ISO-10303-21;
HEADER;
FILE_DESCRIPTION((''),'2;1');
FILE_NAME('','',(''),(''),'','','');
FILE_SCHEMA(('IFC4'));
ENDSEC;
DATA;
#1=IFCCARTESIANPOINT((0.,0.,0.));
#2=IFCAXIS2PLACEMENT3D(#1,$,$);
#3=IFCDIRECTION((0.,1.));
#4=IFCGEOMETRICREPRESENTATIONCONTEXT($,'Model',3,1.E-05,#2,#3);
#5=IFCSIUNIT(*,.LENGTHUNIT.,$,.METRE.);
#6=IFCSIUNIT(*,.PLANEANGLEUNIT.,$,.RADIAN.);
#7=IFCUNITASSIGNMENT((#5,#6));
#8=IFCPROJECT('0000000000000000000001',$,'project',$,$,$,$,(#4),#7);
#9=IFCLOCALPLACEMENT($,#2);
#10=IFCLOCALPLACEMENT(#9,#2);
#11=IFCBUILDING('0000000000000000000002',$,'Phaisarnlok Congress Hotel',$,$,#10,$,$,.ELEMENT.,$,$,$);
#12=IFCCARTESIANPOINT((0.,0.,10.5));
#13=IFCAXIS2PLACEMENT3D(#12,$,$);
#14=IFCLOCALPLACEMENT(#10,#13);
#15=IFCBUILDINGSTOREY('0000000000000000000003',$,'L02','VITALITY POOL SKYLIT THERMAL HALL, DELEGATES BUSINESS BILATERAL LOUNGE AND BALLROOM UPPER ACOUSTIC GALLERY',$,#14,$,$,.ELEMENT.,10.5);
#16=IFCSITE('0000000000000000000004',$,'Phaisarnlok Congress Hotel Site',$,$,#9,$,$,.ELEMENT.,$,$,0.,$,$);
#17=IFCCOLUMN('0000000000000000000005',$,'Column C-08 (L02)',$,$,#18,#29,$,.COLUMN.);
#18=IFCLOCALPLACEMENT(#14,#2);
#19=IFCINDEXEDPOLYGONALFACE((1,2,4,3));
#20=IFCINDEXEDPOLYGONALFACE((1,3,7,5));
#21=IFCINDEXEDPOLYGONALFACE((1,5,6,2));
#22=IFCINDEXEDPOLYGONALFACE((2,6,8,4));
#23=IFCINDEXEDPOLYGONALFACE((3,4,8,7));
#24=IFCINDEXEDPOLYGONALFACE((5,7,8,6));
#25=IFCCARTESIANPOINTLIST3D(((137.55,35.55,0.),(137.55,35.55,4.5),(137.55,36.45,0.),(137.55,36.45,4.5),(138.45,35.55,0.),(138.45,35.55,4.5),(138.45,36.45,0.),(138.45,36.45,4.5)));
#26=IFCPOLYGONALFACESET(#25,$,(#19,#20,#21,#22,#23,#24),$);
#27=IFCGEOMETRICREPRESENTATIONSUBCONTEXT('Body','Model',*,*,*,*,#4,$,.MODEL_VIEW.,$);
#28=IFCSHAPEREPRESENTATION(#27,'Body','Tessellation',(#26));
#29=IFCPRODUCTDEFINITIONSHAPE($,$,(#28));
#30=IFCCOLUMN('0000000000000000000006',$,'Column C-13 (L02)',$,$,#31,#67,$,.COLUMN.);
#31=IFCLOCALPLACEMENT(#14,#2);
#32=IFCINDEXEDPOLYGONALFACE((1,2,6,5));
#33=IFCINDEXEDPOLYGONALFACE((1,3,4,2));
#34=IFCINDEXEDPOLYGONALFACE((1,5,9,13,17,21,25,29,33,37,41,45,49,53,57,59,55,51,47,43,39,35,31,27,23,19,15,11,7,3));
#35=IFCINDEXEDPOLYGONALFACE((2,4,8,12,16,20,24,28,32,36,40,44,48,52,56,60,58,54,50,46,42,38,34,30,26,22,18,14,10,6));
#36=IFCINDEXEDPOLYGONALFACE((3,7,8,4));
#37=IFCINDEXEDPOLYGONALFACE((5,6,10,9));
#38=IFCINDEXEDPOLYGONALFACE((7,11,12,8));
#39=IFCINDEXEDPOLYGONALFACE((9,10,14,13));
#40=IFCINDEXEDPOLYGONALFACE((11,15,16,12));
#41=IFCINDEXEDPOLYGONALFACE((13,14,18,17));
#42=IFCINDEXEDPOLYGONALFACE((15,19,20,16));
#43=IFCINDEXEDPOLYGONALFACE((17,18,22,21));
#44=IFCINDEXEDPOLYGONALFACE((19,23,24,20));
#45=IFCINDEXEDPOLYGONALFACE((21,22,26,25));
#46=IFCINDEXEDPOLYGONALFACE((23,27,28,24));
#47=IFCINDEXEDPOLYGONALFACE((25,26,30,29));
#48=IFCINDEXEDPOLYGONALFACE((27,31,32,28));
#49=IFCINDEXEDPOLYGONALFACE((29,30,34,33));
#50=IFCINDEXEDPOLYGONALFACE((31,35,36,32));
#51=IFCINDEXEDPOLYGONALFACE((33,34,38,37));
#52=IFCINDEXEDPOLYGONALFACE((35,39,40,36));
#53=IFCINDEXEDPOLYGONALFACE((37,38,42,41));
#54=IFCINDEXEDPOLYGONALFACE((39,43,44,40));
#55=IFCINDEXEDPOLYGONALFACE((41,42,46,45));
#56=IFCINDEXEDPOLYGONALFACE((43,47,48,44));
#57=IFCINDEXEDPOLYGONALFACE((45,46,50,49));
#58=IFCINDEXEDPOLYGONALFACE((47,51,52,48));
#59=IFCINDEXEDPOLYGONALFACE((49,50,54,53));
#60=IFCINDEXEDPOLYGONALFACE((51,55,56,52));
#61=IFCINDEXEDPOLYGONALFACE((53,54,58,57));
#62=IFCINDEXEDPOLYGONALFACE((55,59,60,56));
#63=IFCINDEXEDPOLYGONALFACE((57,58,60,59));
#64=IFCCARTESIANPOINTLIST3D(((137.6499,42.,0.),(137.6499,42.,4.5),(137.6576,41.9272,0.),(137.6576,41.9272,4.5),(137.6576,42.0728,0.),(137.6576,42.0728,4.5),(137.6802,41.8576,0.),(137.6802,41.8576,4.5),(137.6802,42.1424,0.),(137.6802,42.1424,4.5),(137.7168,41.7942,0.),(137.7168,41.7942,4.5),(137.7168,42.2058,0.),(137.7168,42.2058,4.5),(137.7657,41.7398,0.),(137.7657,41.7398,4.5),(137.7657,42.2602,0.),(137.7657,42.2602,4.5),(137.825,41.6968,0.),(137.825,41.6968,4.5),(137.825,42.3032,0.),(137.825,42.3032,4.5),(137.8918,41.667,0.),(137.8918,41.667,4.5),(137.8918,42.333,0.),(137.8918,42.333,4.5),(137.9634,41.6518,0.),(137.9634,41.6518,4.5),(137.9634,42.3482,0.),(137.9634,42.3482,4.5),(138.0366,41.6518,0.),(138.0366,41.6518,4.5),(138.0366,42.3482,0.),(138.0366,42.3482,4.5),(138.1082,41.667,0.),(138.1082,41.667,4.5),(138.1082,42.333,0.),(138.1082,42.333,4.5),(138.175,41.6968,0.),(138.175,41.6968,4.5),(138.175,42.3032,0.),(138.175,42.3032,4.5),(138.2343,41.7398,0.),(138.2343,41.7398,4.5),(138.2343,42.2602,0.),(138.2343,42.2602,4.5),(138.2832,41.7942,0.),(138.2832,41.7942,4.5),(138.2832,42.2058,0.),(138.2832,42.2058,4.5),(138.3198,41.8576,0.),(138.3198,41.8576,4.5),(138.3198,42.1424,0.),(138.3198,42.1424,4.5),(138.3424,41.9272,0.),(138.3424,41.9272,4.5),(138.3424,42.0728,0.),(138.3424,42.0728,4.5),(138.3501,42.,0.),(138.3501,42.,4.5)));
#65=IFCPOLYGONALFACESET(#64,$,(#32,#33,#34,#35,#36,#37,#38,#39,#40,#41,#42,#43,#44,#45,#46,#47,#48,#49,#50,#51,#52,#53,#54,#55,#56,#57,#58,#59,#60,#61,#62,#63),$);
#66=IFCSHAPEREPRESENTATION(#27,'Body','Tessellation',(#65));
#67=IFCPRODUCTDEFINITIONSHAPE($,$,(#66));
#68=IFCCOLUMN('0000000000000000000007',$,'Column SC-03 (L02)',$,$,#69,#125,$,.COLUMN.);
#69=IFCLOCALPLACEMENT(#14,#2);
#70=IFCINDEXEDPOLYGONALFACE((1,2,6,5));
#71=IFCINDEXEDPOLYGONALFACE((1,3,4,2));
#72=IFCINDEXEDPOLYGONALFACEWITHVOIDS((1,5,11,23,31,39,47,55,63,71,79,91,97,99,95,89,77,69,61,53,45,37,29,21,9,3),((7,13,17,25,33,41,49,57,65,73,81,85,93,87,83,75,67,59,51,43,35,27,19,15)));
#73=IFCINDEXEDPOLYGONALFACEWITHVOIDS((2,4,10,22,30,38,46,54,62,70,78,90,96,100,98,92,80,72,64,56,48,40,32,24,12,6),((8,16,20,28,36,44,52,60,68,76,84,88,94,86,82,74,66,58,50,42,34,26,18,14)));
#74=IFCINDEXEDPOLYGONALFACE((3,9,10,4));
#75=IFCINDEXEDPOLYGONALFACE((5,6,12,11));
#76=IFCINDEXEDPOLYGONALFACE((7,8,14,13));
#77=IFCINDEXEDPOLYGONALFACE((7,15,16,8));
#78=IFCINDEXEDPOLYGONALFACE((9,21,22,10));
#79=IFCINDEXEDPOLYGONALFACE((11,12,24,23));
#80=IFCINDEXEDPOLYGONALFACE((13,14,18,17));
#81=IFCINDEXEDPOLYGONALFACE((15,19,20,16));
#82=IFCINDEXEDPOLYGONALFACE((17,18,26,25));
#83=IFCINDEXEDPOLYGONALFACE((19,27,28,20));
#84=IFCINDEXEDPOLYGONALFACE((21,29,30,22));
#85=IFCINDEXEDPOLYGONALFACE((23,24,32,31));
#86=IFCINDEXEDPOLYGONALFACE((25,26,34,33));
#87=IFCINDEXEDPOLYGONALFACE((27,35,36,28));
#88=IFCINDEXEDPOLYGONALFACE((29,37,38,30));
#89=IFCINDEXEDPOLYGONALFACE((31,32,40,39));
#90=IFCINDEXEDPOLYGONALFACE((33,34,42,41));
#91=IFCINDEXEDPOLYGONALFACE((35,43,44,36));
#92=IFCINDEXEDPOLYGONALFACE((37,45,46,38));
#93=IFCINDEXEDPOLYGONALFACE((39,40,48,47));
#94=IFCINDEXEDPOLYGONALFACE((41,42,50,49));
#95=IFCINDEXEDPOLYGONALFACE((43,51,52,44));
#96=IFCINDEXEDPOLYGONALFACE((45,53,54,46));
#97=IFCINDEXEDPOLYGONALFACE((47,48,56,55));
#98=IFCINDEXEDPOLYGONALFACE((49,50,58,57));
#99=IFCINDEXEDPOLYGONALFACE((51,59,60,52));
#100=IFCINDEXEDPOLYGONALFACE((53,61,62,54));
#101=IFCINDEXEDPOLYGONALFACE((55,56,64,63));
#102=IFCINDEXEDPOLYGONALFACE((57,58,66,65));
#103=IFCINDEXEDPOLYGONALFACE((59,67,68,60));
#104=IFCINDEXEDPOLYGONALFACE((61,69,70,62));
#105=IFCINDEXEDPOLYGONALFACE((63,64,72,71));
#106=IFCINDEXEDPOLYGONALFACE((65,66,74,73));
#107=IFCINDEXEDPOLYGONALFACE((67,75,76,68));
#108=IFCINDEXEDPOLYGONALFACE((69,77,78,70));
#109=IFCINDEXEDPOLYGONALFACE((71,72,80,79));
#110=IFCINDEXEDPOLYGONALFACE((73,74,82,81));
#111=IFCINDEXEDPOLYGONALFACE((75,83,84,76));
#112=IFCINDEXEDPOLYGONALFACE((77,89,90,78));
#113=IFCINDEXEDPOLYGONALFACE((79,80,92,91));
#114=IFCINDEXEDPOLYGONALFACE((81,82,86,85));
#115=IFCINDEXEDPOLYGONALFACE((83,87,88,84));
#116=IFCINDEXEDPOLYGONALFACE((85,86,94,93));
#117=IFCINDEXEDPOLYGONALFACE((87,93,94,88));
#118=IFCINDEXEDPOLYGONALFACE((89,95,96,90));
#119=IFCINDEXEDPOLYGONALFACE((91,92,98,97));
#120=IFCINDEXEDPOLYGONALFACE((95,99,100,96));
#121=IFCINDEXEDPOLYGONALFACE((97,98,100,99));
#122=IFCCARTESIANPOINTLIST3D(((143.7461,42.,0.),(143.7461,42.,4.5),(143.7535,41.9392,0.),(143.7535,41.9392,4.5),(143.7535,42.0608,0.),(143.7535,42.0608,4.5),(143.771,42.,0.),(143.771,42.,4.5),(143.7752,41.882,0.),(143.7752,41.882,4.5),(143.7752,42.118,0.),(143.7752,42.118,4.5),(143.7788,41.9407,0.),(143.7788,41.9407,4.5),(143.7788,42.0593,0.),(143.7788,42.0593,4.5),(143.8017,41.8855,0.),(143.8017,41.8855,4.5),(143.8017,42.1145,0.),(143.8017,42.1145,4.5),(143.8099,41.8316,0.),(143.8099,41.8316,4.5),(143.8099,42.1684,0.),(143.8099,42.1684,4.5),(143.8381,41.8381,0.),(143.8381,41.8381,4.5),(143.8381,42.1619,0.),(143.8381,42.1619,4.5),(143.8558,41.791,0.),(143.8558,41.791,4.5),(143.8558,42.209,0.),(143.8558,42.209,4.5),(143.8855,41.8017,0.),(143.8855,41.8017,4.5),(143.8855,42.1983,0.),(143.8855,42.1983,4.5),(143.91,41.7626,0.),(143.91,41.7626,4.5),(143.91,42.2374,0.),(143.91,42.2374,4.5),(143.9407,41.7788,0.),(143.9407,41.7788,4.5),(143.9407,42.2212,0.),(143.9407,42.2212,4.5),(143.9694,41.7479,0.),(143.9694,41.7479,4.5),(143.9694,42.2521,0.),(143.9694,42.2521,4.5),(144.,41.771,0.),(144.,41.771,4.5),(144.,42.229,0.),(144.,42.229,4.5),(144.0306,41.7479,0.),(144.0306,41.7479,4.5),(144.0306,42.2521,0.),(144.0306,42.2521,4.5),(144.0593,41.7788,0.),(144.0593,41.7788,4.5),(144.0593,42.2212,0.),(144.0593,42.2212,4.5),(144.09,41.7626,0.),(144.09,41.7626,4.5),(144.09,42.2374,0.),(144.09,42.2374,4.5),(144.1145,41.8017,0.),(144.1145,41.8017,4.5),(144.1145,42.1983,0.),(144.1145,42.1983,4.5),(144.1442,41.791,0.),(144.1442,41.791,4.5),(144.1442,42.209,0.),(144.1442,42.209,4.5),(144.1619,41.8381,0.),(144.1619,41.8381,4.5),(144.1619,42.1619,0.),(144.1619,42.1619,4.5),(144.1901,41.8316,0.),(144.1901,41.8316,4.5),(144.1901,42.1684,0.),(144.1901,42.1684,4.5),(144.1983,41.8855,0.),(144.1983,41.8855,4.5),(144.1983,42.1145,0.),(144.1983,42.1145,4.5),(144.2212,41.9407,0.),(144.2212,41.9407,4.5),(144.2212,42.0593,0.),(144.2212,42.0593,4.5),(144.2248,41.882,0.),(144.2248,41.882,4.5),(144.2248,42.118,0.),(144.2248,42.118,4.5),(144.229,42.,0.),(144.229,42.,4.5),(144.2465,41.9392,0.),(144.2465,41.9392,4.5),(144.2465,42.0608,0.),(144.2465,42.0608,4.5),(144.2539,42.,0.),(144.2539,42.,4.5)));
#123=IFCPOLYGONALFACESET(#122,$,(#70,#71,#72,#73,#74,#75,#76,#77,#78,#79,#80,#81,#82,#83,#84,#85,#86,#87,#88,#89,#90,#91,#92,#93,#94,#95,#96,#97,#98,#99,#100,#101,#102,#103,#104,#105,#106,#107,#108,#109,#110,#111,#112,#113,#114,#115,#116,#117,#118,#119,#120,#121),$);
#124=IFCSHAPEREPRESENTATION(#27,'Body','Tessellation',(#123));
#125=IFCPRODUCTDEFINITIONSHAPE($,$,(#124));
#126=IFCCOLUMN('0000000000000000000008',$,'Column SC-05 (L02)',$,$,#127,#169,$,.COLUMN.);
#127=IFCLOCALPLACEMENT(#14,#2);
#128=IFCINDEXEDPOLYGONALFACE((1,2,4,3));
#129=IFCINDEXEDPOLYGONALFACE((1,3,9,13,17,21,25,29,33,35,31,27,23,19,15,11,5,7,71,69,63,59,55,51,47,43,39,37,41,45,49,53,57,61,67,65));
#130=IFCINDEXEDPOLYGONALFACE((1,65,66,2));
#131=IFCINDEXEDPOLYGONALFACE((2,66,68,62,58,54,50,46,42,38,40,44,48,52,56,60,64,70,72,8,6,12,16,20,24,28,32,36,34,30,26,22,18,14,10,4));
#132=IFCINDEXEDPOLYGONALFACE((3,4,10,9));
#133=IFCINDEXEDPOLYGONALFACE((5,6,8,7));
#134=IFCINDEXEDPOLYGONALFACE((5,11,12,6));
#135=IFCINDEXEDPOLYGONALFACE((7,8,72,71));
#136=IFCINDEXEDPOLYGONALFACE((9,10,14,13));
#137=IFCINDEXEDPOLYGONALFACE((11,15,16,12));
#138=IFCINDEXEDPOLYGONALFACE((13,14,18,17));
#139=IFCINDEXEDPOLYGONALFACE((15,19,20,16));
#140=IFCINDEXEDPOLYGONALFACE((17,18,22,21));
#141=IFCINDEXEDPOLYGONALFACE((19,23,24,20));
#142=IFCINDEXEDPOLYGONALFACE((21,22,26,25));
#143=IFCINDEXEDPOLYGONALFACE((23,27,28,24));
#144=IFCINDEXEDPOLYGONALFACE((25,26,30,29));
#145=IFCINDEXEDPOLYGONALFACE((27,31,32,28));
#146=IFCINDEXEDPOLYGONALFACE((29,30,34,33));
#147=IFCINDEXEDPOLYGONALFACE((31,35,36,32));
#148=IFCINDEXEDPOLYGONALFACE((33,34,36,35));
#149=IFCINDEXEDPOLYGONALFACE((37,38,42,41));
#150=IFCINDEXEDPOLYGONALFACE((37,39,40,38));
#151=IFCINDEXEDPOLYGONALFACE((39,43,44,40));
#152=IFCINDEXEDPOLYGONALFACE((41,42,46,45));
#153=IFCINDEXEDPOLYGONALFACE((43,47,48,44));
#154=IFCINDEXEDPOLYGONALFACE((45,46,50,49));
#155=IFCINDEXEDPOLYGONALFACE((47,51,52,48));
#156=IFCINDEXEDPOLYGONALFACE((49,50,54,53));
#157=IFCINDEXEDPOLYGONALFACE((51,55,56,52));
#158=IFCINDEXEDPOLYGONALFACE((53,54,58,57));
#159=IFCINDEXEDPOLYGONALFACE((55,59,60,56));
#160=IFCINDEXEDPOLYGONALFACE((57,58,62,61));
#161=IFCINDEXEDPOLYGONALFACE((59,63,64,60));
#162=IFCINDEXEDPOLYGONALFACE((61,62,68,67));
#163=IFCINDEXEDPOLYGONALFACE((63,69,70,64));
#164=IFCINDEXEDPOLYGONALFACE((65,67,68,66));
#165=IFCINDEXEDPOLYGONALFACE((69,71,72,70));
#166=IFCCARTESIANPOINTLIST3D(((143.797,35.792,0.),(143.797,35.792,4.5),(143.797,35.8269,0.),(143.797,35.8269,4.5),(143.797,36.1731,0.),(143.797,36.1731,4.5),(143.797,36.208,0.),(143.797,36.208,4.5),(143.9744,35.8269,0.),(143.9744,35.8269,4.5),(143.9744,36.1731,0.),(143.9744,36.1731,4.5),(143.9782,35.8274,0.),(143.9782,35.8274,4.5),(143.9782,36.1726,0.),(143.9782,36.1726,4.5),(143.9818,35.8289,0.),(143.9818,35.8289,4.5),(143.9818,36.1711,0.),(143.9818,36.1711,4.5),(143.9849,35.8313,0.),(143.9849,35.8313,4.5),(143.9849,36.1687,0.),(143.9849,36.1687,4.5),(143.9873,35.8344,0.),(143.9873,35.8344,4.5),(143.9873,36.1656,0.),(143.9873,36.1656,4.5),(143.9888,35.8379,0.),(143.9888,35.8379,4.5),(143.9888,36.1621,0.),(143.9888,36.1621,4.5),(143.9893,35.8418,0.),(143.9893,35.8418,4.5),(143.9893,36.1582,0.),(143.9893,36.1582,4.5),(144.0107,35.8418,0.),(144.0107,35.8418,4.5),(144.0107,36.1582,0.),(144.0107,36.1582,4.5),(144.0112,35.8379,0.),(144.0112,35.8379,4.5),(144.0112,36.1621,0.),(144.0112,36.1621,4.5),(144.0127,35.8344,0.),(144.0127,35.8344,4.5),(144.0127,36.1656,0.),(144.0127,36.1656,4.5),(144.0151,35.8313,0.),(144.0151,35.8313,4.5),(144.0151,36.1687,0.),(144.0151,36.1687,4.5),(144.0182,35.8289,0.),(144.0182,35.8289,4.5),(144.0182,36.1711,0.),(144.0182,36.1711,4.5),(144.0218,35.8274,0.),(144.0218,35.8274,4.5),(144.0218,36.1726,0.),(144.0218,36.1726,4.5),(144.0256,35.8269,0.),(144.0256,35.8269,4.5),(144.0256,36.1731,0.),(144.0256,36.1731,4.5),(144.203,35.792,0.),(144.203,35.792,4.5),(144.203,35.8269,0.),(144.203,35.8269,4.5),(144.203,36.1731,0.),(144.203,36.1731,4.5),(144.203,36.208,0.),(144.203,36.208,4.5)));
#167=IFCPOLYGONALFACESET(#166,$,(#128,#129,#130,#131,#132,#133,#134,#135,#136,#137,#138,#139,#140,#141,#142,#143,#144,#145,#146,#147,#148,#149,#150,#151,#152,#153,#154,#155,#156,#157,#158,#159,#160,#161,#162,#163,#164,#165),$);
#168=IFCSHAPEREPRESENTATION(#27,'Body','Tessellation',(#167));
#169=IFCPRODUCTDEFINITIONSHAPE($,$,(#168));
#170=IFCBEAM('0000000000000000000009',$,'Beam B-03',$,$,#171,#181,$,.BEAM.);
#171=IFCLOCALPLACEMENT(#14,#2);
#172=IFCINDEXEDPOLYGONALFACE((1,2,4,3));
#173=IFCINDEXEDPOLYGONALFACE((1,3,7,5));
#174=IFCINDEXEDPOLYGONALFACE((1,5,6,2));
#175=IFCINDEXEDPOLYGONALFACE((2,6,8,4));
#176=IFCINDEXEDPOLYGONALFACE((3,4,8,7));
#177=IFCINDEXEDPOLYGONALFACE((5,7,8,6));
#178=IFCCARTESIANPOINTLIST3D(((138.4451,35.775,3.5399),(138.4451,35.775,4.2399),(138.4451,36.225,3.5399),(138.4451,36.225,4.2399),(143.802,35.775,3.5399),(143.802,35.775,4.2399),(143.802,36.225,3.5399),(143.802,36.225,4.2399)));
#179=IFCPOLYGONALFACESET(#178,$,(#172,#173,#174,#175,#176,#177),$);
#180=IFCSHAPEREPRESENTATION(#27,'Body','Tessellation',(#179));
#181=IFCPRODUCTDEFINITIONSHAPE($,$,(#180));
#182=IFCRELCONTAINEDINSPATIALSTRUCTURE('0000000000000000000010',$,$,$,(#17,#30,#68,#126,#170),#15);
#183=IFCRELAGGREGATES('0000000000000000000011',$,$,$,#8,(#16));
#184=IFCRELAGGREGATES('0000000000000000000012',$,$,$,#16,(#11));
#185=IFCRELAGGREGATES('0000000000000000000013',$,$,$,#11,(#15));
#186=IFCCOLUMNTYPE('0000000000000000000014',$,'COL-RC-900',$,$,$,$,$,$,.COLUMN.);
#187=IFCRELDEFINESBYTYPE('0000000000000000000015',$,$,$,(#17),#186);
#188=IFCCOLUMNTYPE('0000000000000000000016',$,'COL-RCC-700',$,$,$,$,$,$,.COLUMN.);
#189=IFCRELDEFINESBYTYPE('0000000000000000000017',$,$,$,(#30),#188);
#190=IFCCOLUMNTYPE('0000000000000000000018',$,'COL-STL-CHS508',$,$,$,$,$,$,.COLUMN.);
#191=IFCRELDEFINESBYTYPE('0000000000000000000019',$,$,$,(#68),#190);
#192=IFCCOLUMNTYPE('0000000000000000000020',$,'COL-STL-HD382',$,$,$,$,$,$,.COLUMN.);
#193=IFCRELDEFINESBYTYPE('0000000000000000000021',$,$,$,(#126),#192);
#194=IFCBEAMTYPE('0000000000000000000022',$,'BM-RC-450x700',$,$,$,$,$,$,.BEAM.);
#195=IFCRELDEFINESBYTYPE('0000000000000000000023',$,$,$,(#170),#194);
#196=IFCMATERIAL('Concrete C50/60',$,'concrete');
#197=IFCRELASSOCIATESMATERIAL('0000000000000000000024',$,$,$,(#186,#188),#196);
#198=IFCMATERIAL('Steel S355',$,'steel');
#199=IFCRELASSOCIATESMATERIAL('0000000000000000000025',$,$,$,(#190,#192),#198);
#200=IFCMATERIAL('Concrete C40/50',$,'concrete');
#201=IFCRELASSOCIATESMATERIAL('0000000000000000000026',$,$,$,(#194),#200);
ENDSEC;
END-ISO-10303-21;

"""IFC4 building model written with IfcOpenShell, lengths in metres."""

from ifc_helpers import new_model, si_unit, direction, frame, origin, origin_2d, place, context, subcontext, project, spatial, rectangle, circle, hollow_circle, i_section, extrude, material, material_profile, profile_set, type_object, element, save


model = new_model("IFC4")

# Units and contexts
model_context = context("Model", 3, precision=1e-05, world=origin(), true_north=direction((0.0, 1.0)))
body_context = subcontext(model_context, "Body", "Model", "MODEL_VIEW")
ifc_project = project(units=[si_unit("LENGTHUNIT", "METRE"), si_unit("PLANEANGLEUNIT", "RADIAN")], contexts=[model_context])

# Site, building, storey
site_placement = place(None, origin())
site = spatial("IfcSite", under=ifc_project, at=site_placement, Name="Phaisarnlok Congress Hotel Site", CompositionType="ELEMENT", RefElevation=0.0)
building_placement = place(site_placement, origin())
building = spatial("IfcBuilding", under=site, at=building_placement, Name="Phaisarnlok Congress Hotel", CompositionType="ELEMENT")
storey_placement = place(building_placement, frame((0.0, 0.0, 10.5)))
storey = spatial("IfcBuildingStorey", under=building, at=storey_placement, Name="L02", Description="VITALITY POOL SKYLIT THERMAL HALL, DELEGATES BUSINESS BILATERAL LOUNGE AND BALLROOM UPPER ACOUSTIC GALLERY", CompositionType="ELEMENT", Elevation=10.5)

# Columns
ifc_material_1 = material(Name="Concrete C50/60", Category="concrete")
ifc_material_profile_1 = material_profile(ifc_material_1, rectangle(XDim=0.8999, YDim=0.8999, at=origin_2d()), Name="RC 900x900")
ifc_profile_set_1 = profile_set([ifc_material_profile_1], Name="Concrete C50/60")
column_type_1 = type_object("IfcColumnType", Name="COL-RC-900", PredefinedType="COLUMN", material=ifc_profile_set_1)
column_1_placement = place(storey_placement, frame((138.0, 36.0, 0.0), z_axis=(0.0, 0.0, 1.0), x_axis=(1.0, 0.0, 0.0)))
element("IfcColumn", 1, at=column_1_placement, inside=storey, type_object=column_type_1, Name="Column C-08 (L02)", PredefinedType="COLUMN", context=body_context, shape_type="SweptSolid", body=[
    extrude(rectangle(XDim=0.8999, YDim=0.8999, at=origin_2d()), origin(), (0.0, 0.0, 1.0), 4.5),
])
ifc_material_profile_2 = material_profile(ifc_material_1, circle(Radius=0.3501, at=origin_2d()), Name="RCC D700")
ifc_profile_set_2 = profile_set([ifc_material_profile_2], Name="Concrete C50/60")
column_type_2 = type_object("IfcColumnType", Name="COL-RCC-700", PredefinedType="COLUMN", material=ifc_profile_set_2)
column_2_placement = place(storey_placement, frame((138.0, 42.0, 0.0), z_axis=(0.0, 0.0, 1.0), x_axis=(1.0, 0.0, 0.0)))
element("IfcColumn", 2, at=column_2_placement, inside=storey, type_object=column_type_2, Name="Column C-13 (L02)", PredefinedType="COLUMN", context=body_context, shape_type="SweptSolid", body=[
    extrude(circle(Radius=0.3501, at=origin_2d()), origin(), (0.0, 0.0, 1.0), 4.5),
])
ifc_material_2 = material(Name="Steel S355", Category="steel")
ifc_material_profile_3 = material_profile(ifc_material_2, hollow_circle(Radius=0.2539, WallThickness=0.0249, at=origin_2d()), Name="CHS 508x25")
ifc_profile_set_3 = profile_set([ifc_material_profile_3], Name="Steel S355")
column_type_3 = type_object("IfcColumnType", Name="COL-STL-CHS508", PredefinedType="COLUMN", material=ifc_profile_set_3)
column_3_placement = place(storey_placement, frame((144.0, 42.0, 0.0), z_axis=(0.0, 0.0, 1.0), x_axis=(1.0, 0.0, 0.0)))
element("IfcColumn", 3, at=column_3_placement, inside=storey, type_object=column_type_3, Name="Column SC-03 (L02)", PredefinedType="COLUMN", context=body_context, shape_type="SweptSolid", body=[
    extrude(hollow_circle(Radius=0.2539, WallThickness=0.0249, at=origin_2d()), origin(), (0.0, 0.0, 1.0), 4.5),
])
ifc_material_profile_4 = material_profile(ifc_material_2, i_section(OverallWidth=0.406, OverallDepth=0.416, WebThickness=0.0215, FlangeThickness=0.0349, FilletRadius=0.0149, at=origin_2d()), Name="HD 400x382")
ifc_profile_set_4 = profile_set([ifc_material_profile_4], Name="Steel S355")
column_type_4 = type_object("IfcColumnType", Name="COL-STL-HD382", PredefinedType="COLUMN", material=ifc_profile_set_4)
column_4_placement = place(storey_placement, frame((144.0, 36.0, 0.0), z_axis=(0.0, 0.0, 1.0), x_axis=(1.0, 0.0, 0.0)))
element("IfcColumn", 4, at=column_4_placement, inside=storey, type_object=column_type_4, Name="Column SC-05 (L02)", PredefinedType="COLUMN", context=body_context, shape_type="SweptSolid", body=[
    extrude(i_section(OverallWidth=0.406, OverallDepth=0.416, WebThickness=0.0215, FlangeThickness=0.0349, FilletRadius=0.0149, at=origin_2d()), origin(), (0.0, 0.0, 1.0), 4.5),
])

# Beam
ifc_material_3 = material(Name="Concrete C40/50", Category="concrete")
ifc_material_profile_5 = material_profile(ifc_material_3, rectangle(XDim=0.45, YDim=0.7, at=origin_2d()), Name="RC 450x700")
ifc_profile_set_5 = profile_set([ifc_material_profile_5], Name="Concrete C40/50")
beam_type_1 = type_object("IfcBeamType", Name="BM-RC-450x700", PredefinedType="BEAM", material=ifc_profile_set_5)
beam_1_placement = place(storey_placement, frame((138.4451, 36.0, 3.8899), z_axis=(1.0, 0.0, 0.0), x_axis=(0.0, 1.0, 0.0)))
element("IfcBeam", 5, at=beam_1_placement, inside=storey, type_object=beam_type_1, Name="Beam B-03", PredefinedType="BEAM", context=body_context, shape_type="SweptSolid", body=[
    extrude(rectangle(XDim=0.45, YDim=0.7, at=origin_2d()), origin(), (0.0, 0.0, 1.0), 5.3569),
])

save(model, "model.ifc")
